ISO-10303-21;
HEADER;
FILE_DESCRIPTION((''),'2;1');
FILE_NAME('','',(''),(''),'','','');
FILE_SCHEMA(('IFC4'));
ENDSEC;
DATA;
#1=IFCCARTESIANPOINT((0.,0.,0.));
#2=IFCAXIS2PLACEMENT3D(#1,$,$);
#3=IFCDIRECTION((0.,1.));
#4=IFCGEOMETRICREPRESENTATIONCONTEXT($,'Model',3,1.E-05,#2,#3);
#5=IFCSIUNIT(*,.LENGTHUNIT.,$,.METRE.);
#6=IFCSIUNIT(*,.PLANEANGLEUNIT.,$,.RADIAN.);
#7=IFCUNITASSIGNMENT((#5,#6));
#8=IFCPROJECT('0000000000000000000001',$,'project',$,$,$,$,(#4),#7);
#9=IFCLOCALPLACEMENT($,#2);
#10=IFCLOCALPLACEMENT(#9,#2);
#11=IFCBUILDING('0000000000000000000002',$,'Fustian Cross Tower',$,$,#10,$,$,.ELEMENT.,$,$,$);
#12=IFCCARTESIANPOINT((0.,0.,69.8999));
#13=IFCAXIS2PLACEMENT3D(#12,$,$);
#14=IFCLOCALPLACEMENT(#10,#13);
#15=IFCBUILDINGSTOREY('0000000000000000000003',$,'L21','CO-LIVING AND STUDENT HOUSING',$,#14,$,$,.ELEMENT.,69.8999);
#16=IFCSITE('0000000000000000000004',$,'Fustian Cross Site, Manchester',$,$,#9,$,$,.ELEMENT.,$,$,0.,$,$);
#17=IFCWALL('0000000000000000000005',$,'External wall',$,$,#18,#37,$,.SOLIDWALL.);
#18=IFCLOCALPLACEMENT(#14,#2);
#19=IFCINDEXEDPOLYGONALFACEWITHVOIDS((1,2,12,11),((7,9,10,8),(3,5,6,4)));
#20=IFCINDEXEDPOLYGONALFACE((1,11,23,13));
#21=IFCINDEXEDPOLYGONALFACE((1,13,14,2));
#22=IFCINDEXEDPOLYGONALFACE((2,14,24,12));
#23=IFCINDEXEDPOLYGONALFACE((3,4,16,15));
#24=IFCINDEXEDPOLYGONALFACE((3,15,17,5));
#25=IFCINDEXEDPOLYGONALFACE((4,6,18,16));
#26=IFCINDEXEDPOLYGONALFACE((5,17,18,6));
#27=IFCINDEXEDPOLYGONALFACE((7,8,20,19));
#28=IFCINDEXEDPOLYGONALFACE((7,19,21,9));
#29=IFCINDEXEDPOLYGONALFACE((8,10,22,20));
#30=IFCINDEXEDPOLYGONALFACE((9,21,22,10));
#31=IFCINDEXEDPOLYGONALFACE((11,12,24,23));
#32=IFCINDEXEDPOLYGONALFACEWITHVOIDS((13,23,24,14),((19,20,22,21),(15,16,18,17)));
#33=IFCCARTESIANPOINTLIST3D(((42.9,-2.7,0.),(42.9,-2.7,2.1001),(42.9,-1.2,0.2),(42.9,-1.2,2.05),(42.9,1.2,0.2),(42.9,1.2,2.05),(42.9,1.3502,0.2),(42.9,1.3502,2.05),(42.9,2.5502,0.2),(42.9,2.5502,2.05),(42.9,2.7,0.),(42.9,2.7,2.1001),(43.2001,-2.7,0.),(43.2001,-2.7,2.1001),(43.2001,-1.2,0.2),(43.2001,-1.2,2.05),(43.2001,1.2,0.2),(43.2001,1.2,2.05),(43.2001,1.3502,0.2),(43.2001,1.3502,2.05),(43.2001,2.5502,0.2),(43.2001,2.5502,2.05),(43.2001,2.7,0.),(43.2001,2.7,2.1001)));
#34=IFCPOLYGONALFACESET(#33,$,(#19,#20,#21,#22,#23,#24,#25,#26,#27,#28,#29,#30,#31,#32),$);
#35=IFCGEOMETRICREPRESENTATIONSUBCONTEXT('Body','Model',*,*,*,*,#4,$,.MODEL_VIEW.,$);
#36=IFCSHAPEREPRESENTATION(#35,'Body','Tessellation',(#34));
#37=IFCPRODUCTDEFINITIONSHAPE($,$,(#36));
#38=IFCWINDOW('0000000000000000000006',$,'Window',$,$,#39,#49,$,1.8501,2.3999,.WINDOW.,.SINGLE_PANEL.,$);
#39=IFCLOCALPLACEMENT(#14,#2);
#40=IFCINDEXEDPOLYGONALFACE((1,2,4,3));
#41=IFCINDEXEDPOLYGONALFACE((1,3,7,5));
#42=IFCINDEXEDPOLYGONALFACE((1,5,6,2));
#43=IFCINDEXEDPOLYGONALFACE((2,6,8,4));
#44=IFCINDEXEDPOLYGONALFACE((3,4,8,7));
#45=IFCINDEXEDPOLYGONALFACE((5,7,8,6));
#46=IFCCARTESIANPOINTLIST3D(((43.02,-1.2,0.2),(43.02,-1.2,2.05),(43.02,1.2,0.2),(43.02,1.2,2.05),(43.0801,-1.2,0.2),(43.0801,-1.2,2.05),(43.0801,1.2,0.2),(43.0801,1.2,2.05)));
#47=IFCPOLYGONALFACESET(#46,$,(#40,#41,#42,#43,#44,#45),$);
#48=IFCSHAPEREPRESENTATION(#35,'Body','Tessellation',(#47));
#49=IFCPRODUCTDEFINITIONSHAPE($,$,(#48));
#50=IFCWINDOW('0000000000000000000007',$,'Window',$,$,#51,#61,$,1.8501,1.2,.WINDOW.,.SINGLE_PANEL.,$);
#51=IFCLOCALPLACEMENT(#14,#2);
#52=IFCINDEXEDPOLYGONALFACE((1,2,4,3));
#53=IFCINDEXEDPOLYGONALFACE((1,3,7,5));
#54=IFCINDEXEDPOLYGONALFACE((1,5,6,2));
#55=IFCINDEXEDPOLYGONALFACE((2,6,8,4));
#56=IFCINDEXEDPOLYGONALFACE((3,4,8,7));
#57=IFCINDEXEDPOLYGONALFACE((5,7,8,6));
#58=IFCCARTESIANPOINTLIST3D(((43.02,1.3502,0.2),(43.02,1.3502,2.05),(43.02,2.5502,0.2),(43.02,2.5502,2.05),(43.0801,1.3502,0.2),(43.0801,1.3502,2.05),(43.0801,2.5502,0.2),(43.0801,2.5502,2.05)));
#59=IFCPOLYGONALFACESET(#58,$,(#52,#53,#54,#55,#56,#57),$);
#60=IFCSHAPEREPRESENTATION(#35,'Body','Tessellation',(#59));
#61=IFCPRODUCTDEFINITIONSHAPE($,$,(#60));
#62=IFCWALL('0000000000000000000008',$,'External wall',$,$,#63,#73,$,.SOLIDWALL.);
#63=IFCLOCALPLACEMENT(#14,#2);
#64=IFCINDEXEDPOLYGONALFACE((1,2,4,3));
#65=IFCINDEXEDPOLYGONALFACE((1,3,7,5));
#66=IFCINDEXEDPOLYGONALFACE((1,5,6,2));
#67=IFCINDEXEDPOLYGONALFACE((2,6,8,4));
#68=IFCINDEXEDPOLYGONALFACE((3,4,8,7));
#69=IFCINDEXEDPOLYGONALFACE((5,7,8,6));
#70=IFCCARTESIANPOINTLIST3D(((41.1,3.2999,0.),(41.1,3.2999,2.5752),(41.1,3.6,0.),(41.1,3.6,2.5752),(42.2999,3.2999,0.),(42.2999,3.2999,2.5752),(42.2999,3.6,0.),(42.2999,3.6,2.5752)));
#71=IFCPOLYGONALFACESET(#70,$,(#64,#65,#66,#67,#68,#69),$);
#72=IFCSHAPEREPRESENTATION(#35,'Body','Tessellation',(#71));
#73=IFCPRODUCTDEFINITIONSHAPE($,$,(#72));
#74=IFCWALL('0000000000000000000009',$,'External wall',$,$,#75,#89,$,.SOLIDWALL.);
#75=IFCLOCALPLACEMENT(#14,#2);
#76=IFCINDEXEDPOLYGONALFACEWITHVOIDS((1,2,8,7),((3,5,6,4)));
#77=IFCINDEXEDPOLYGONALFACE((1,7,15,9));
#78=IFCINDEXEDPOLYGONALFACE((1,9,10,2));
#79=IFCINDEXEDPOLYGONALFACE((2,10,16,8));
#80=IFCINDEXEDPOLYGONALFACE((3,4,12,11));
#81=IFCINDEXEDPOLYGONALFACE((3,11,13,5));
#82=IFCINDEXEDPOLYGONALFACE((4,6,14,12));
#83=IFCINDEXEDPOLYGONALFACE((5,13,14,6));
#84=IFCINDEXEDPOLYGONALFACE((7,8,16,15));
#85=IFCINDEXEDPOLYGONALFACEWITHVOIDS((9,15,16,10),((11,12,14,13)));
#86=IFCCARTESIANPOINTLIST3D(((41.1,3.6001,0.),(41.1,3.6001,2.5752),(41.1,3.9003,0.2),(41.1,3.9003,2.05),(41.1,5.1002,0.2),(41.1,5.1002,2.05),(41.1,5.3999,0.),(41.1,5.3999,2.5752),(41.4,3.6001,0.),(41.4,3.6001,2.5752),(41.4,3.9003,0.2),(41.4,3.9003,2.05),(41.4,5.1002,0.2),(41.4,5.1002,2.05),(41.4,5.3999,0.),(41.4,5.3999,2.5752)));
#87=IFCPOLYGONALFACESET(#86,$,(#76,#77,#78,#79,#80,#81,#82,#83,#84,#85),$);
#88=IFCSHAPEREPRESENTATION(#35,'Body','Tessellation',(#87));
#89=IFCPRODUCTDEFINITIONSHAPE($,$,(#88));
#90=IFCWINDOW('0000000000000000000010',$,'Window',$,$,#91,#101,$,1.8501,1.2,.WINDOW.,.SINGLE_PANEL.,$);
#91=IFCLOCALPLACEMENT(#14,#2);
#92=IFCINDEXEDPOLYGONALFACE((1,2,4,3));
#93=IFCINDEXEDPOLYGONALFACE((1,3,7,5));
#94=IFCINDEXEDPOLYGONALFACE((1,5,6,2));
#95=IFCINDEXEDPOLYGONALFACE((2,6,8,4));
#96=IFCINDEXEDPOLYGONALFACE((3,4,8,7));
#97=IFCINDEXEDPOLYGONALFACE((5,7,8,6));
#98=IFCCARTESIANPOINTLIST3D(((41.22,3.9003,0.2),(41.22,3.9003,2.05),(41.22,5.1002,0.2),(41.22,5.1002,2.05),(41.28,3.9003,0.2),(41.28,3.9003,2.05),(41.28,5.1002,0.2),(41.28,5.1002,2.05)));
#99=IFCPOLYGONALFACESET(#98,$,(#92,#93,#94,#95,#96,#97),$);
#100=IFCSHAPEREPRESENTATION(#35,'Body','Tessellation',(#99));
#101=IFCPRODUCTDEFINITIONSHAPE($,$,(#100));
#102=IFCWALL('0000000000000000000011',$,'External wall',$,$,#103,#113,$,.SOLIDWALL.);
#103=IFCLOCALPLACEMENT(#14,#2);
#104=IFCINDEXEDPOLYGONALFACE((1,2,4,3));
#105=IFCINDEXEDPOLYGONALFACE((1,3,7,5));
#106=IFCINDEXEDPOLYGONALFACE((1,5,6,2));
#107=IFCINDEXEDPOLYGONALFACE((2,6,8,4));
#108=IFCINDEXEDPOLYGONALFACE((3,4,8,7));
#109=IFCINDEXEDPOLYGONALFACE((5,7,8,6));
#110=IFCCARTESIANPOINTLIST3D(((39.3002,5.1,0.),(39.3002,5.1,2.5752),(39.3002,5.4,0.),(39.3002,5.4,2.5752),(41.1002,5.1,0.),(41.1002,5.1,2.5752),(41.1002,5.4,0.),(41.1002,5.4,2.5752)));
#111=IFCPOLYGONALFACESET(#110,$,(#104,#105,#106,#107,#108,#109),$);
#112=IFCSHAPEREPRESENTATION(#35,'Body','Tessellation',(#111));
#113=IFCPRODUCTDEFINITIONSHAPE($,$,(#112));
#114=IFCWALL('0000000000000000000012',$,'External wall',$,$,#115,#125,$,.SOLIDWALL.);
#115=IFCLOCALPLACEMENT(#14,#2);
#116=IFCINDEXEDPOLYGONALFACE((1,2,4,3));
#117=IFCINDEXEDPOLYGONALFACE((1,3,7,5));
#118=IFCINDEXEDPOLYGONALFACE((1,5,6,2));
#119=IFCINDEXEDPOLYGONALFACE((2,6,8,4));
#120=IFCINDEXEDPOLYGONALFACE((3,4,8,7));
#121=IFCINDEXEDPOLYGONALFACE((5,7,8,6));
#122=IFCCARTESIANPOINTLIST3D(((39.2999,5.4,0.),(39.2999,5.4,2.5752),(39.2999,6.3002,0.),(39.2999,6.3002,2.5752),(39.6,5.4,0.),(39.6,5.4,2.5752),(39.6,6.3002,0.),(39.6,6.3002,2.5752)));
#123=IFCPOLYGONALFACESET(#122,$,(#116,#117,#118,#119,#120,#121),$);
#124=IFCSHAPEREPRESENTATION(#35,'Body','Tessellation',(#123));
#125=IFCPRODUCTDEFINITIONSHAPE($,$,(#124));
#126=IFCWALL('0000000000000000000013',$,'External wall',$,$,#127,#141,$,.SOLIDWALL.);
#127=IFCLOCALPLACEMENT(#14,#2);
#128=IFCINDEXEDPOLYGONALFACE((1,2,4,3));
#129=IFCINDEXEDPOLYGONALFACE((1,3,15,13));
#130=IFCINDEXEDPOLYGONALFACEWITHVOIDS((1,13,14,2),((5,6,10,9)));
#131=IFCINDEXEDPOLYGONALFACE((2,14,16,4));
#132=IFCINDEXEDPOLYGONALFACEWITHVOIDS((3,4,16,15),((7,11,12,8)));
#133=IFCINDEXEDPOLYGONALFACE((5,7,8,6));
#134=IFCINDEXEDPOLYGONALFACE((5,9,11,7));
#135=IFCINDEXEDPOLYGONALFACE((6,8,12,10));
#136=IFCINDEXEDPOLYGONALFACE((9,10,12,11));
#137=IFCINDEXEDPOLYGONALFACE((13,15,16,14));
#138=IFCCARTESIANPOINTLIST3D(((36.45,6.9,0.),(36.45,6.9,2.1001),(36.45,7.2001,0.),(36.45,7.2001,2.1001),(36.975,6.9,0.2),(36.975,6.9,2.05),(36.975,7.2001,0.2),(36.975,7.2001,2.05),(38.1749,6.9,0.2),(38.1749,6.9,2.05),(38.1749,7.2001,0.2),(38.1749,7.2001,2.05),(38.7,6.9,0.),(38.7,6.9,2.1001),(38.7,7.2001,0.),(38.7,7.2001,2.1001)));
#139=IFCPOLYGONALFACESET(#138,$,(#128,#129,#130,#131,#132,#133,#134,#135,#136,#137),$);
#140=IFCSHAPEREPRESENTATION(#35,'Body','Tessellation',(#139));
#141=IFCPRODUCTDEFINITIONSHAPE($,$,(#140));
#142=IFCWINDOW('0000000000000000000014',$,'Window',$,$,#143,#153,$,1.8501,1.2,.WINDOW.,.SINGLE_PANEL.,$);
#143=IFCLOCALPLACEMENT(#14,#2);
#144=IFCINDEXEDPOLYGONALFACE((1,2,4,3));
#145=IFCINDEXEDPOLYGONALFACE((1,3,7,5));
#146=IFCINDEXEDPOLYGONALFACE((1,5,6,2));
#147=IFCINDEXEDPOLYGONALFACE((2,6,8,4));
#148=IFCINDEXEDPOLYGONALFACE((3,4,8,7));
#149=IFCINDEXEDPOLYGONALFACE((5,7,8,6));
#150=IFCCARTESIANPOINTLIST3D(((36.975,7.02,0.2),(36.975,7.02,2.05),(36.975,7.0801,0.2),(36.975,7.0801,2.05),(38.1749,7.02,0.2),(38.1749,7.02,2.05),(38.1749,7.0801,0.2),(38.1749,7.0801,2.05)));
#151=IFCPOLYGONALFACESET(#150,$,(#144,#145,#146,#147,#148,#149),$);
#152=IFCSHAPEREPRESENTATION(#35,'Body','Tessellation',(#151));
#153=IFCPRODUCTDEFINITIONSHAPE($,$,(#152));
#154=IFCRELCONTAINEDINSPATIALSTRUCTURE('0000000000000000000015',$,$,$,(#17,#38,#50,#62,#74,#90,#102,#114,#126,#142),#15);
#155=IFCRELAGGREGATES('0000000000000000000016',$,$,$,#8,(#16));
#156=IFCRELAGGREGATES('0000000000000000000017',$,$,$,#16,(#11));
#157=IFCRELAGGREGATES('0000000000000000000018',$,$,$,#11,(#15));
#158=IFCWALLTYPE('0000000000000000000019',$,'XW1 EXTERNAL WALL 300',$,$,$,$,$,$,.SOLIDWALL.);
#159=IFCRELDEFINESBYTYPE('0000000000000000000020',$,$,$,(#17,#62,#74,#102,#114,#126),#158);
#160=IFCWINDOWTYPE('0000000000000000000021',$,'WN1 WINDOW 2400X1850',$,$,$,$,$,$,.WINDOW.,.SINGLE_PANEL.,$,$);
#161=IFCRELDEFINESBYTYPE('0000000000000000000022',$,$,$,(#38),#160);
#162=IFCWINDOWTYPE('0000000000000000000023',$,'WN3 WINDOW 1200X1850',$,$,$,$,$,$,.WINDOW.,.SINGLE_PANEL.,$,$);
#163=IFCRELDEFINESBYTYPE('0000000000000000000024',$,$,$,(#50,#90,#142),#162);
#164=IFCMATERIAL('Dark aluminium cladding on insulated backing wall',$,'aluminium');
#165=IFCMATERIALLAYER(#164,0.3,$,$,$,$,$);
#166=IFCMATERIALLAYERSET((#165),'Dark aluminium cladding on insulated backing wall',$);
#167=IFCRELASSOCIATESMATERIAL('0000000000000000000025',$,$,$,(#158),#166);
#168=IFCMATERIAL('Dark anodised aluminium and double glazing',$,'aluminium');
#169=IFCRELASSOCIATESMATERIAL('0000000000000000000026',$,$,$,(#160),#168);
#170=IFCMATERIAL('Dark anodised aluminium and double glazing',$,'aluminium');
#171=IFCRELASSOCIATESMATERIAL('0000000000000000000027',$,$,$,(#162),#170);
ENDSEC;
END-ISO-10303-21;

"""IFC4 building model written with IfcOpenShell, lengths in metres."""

from ifc_helpers import new_model, si_unit, direction, frame, frame_2d, origin, place, context, subcontext, project, spatial, rectangle, extrude, material, layer, layer_set, type_object, element, fill, save


model = new_model("IFC4")

# Units and contexts
model_context = context("Model", 3, precision=1e-05, world=origin(), true_north=direction((0.0, 1.0)))
body_context = subcontext(model_context, "Body", "Model", "MODEL_VIEW")
ifc_project = project(units=[si_unit("LENGTHUNIT", "METRE"), si_unit("PLANEANGLEUNIT", "RADIAN")], contexts=[model_context])

# Site, building, storey
site_placement = place(None, origin())
site = spatial("IfcSite", under=ifc_project, at=site_placement, Name="Fustian Cross Site, Manchester", CompositionType="ELEMENT", RefElevation=0.0)
building_placement = place(site_placement, origin())
building = spatial("IfcBuilding", under=site, at=building_placement, Name="Fustian Cross Tower", CompositionType="ELEMENT")
storey_placement = place(building_placement, frame((0.0, 0.0, 69.8999)))
storey = spatial("IfcBuildingStorey", under=building, at=storey_placement, Name="L21", Description="CO-LIVING AND STUDENT HOUSING", CompositionType="ELEMENT", Elevation=69.8999)

# Wall, openings, windows
ifc_material_1 = material(Name="Dark aluminium cladding on insulated backing wall", Category="aluminium")
ifc_layer_1 = layer(ifc_material_1, 0.3)
ifc_layer_set_1 = layer_set([ifc_layer_1], Name="Dark aluminium cladding on insulated backing wall")
wall_type_1 = type_object("IfcWallType", Name="XW1 EXTERNAL WALL 300", PredefinedType="SOLIDWALL", material=ifc_layer_set_1)
wall_1_placement = place(storey_placement, frame((43.05, -2.7, 0.0), z_axis=(0.0, 0.0, 1.0), x_axis=(0.0, 1.0, 0.0)))
wall_1 = element("IfcWall", 1, at=wall_1_placement, inside=storey, type_object=wall_type_1, Name="External wall", PredefinedType="SOLIDWALL", context=body_context, shape_type="SweptSolid", body=[
    extrude(rectangle(XDim=5.3999, YDim=0.3, at=frame_2d((2.7, 0.0))), origin(), (0.0, 0.0, 1.0), 2.1001),
])
opening_1_placement = place(wall_1_placement, frame((1.5, 0.0, 0.2)))
opening_1 = element("IfcOpeningElement", 2, at=opening_1_placement, cuts=wall_1, PredefinedType="OPENING", context=body_context, shape_type="SweptSolid", body=[
    extrude(rectangle(XDim=2.3999, YDim=1.8501, at=frame_2d((1.2, 0.925))), frame((0.0, 0.1599, 0.0), z_axis=(0.0, -1.0, 0.0), x_axis=(1.0, 0.0, 0.0)), (0.0, 0.0, 1.0), 0.3201),
])
opening_2_placement = place(wall_1_placement, frame((4.05, 0.0, 0.2)))
opening_2 = element("IfcOpeningElement", 3, at=opening_2_placement, cuts=wall_1, PredefinedType="OPENING", context=body_context, shape_type="SweptSolid", body=[
    extrude(rectangle(XDim=1.2, YDim=1.8501, at=frame_2d((0.6001, 0.925))), frame((0.0, 0.1599, 0.0), z_axis=(0.0, -1.0, 0.0), x_axis=(1.0, 0.0, 0.0)), (0.0, 0.0, 1.0), 0.3201),
])
ifc_material_2 = material(Name="Dark anodised aluminium and double glazing", Category="aluminium")
window_type_1 = type_object("IfcWindowType", Name="WN1 WINDOW 2400X1850", PartitioningType="SINGLE_PANEL", PredefinedType="WINDOW", material=ifc_material_2)
window_1_placement = place(opening_1_placement, origin())
window_1 = element("IfcWindow", 4, at=window_1_placement, inside=storey, type_object=window_type_1, Name="Window", OverallHeight=1.8501, OverallWidth=2.3999, PartitioningType="SINGLE_PANEL", PredefinedType="WINDOW", context=body_context, shape_type="SweptSolid", body=[
    extrude(rectangle(XDim=2.3999, YDim=1.8501, at=frame_2d((1.2, 0.925))), frame((0.0, 0.03, 0.0), z_axis=(0.0, -1.0, 0.0), x_axis=(1.0, 0.0, 0.0)), (0.0, 0.0, 1.0), 0.0601),
])
fill(opening_1, window_1)
ifc_material_3 = material(Name="Dark anodised aluminium and double glazing", Category="aluminium")
window_type_2 = type_object("IfcWindowType", Name="WN3 WINDOW 1200X1850", PartitioningType="SINGLE_PANEL", PredefinedType="WINDOW", material=ifc_material_3)
window_2_placement = place(opening_2_placement, origin())
window_2 = element("IfcWindow", 5, at=window_2_placement, inside=storey, type_object=window_type_2, Name="Window", OverallHeight=1.8501, OverallWidth=1.2, PartitioningType="SINGLE_PANEL", PredefinedType="WINDOW", context=body_context, shape_type="SweptSolid", body=[
    extrude(rectangle(XDim=1.2, YDim=1.8501, at=frame_2d((0.6001, 0.925))), frame((0.0, 0.03, 0.0), z_axis=(0.0, -1.0, 0.0), x_axis=(1.0, 0.0, 0.0)), (0.0, 0.0, 1.0), 0.0601),
])
fill(opening_2, window_2)

# Wall
wall_2_placement = place(storey_placement, frame((42.3, 3.45, 0.0), z_axis=(0.0, 0.0, 1.0), x_axis=(-1.0, 0.0, 0.0)))
element("IfcWall", 6, at=wall_2_placement, inside=storey, type_object=wall_type_1, Name="External wall", PredefinedType="SOLIDWALL", context=body_context, shape_type="SweptSolid", body=[
    extrude(rectangle(XDim=1.2, YDim=0.3, at=frame_2d((0.6001, 0.0))), origin(), (0.0, 0.0, 1.0), 2.5752),
])

# Wall, opening, window
wall_3_placement = place(storey_placement, frame((41.25, 3.6001, 0.0), z_axis=(0.0, 0.0, 1.0), x_axis=(0.0, 1.0, 0.0)))
wall_3 = element("IfcWall", 7, at=wall_3_placement, inside=storey, type_object=wall_type_1, Name="External wall", PredefinedType="SOLIDWALL", context=body_context, shape_type="SweptSolid", body=[
    extrude(rectangle(XDim=1.7998, YDim=0.3, at=frame_2d((0.8999, 0.0))), origin(), (0.0, 0.0, 1.0), 2.5752),
])
opening_3_placement = place(wall_3_placement, frame((0.3, 0.0, 0.2)))
opening_3 = element("IfcOpeningElement", 8, at=opening_3_placement, cuts=wall_3, PredefinedType="OPENING", context=body_context, shape_type="SweptSolid", body=[
    extrude(rectangle(XDim=1.2, YDim=1.8501, at=frame_2d((0.6001, 0.925))), frame((0.0, 0.1599, 0.0), z_axis=(0.0, -1.0, 0.0), x_axis=(1.0, 0.0, 0.0)), (0.0, 0.0, 1.0), 0.3201),
])
window_3_placement = place(opening_3_placement, origin())
window_3 = element("IfcWindow", 9, at=window_3_placement, inside=storey, type_object=window_type_2, Name="Window", OverallHeight=1.8501, OverallWidth=1.2, PartitioningType="SINGLE_PANEL", PredefinedType="WINDOW", context=body_context, shape_type="SweptSolid", body=[
    extrude(rectangle(XDim=1.2, YDim=1.8501, at=frame_2d((0.6001, 0.925))), frame((0.0, 0.03, 0.0), z_axis=(0.0, -1.0, 0.0), x_axis=(1.0, 0.0, 0.0)), (0.0, 0.0, 1.0), 0.0601),
])
fill(opening_3, window_3)

# Walls
wall_4_placement = place(storey_placement, frame((41.1001, 5.25, 0.0), z_axis=(0.0, 0.0, 1.0), x_axis=(-1.0, 0.0, 0.0)))
element("IfcWall", 10, at=wall_4_placement, inside=storey, type_object=wall_type_1, Name="External wall", PredefinedType="SOLIDWALL", context=body_context, shape_type="SweptSolid", body=[
    extrude(rectangle(XDim=1.8, YDim=0.3, at=frame_2d((0.8999, 0.0))), origin(), (0.0, 0.0, 1.0), 2.5752),
])
wall_5_placement = place(storey_placement, frame((39.45, 5.3999, 0.0), z_axis=(0.0, 0.0, 1.0), x_axis=(0.0, 1.0, 0.0)))
element("IfcWall", 11, at=wall_5_placement, inside=storey, type_object=wall_type_1, Name="External wall", PredefinedType="SOLIDWALL", context=body_context, shape_type="SweptSolid", body=[
    extrude(rectangle(XDim=0.9001, YDim=0.3, at=frame_2d((0.4502, 0.0))), origin(), (0.0, 0.0, 1.0), 2.5752),
])

# Wall, opening, window
wall_6_placement = place(storey_placement, frame((38.7, 7.05, 0.0), z_axis=(0.0, 0.0, 1.0), x_axis=(-1.0, 0.0, 0.0)))
wall_6 = element("IfcWall", 12, at=wall_6_placement, inside=storey, type_object=wall_type_1, Name="External wall", PredefinedType="SOLIDWALL", context=body_context, shape_type="SweptSolid", body=[
    extrude(rectangle(XDim=2.25, YDim=0.3, at=frame_2d((1.125, 0.0))), origin(), (0.0, 0.0, 1.0), 2.1001),
])
opening_4_placement = place(wall_6_placement, frame((0.5249, 0.0, 0.2)))
opening_4 = element("IfcOpeningElement", 13, at=opening_4_placement, cuts=wall_6, PredefinedType="OPENING", context=body_context, shape_type="SweptSolid", body=[
    extrude(rectangle(XDim=1.2, YDim=1.8501, at=frame_2d((0.6001, 0.925))), frame((0.0, 0.1599, 0.0), z_axis=(0.0, -1.0, 0.0), x_axis=(1.0, 0.0, 0.0)), (0.0, 0.0, 1.0), 0.3201),
])
window_4_placement = place(opening_4_placement, origin())
window_4 = element("IfcWindow", 14, at=window_4_placement, inside=storey, type_object=window_type_2, Name="Window", OverallHeight=1.8501, OverallWidth=1.2, PartitioningType="SINGLE_PANEL", PredefinedType="WINDOW", context=body_context, shape_type="SweptSolid", body=[
    extrude(rectangle(XDim=1.2, YDim=1.8501, at=frame_2d((0.6001, 0.925))), frame((0.0, 0.03, 0.0), z_axis=(0.0, -1.0, 0.0), x_axis=(1.0, 0.0, 0.0)), (0.0, 0.0, 1.0), 0.0601),
])
fill(opening_4, window_4)

save(model, "model.ifc")
